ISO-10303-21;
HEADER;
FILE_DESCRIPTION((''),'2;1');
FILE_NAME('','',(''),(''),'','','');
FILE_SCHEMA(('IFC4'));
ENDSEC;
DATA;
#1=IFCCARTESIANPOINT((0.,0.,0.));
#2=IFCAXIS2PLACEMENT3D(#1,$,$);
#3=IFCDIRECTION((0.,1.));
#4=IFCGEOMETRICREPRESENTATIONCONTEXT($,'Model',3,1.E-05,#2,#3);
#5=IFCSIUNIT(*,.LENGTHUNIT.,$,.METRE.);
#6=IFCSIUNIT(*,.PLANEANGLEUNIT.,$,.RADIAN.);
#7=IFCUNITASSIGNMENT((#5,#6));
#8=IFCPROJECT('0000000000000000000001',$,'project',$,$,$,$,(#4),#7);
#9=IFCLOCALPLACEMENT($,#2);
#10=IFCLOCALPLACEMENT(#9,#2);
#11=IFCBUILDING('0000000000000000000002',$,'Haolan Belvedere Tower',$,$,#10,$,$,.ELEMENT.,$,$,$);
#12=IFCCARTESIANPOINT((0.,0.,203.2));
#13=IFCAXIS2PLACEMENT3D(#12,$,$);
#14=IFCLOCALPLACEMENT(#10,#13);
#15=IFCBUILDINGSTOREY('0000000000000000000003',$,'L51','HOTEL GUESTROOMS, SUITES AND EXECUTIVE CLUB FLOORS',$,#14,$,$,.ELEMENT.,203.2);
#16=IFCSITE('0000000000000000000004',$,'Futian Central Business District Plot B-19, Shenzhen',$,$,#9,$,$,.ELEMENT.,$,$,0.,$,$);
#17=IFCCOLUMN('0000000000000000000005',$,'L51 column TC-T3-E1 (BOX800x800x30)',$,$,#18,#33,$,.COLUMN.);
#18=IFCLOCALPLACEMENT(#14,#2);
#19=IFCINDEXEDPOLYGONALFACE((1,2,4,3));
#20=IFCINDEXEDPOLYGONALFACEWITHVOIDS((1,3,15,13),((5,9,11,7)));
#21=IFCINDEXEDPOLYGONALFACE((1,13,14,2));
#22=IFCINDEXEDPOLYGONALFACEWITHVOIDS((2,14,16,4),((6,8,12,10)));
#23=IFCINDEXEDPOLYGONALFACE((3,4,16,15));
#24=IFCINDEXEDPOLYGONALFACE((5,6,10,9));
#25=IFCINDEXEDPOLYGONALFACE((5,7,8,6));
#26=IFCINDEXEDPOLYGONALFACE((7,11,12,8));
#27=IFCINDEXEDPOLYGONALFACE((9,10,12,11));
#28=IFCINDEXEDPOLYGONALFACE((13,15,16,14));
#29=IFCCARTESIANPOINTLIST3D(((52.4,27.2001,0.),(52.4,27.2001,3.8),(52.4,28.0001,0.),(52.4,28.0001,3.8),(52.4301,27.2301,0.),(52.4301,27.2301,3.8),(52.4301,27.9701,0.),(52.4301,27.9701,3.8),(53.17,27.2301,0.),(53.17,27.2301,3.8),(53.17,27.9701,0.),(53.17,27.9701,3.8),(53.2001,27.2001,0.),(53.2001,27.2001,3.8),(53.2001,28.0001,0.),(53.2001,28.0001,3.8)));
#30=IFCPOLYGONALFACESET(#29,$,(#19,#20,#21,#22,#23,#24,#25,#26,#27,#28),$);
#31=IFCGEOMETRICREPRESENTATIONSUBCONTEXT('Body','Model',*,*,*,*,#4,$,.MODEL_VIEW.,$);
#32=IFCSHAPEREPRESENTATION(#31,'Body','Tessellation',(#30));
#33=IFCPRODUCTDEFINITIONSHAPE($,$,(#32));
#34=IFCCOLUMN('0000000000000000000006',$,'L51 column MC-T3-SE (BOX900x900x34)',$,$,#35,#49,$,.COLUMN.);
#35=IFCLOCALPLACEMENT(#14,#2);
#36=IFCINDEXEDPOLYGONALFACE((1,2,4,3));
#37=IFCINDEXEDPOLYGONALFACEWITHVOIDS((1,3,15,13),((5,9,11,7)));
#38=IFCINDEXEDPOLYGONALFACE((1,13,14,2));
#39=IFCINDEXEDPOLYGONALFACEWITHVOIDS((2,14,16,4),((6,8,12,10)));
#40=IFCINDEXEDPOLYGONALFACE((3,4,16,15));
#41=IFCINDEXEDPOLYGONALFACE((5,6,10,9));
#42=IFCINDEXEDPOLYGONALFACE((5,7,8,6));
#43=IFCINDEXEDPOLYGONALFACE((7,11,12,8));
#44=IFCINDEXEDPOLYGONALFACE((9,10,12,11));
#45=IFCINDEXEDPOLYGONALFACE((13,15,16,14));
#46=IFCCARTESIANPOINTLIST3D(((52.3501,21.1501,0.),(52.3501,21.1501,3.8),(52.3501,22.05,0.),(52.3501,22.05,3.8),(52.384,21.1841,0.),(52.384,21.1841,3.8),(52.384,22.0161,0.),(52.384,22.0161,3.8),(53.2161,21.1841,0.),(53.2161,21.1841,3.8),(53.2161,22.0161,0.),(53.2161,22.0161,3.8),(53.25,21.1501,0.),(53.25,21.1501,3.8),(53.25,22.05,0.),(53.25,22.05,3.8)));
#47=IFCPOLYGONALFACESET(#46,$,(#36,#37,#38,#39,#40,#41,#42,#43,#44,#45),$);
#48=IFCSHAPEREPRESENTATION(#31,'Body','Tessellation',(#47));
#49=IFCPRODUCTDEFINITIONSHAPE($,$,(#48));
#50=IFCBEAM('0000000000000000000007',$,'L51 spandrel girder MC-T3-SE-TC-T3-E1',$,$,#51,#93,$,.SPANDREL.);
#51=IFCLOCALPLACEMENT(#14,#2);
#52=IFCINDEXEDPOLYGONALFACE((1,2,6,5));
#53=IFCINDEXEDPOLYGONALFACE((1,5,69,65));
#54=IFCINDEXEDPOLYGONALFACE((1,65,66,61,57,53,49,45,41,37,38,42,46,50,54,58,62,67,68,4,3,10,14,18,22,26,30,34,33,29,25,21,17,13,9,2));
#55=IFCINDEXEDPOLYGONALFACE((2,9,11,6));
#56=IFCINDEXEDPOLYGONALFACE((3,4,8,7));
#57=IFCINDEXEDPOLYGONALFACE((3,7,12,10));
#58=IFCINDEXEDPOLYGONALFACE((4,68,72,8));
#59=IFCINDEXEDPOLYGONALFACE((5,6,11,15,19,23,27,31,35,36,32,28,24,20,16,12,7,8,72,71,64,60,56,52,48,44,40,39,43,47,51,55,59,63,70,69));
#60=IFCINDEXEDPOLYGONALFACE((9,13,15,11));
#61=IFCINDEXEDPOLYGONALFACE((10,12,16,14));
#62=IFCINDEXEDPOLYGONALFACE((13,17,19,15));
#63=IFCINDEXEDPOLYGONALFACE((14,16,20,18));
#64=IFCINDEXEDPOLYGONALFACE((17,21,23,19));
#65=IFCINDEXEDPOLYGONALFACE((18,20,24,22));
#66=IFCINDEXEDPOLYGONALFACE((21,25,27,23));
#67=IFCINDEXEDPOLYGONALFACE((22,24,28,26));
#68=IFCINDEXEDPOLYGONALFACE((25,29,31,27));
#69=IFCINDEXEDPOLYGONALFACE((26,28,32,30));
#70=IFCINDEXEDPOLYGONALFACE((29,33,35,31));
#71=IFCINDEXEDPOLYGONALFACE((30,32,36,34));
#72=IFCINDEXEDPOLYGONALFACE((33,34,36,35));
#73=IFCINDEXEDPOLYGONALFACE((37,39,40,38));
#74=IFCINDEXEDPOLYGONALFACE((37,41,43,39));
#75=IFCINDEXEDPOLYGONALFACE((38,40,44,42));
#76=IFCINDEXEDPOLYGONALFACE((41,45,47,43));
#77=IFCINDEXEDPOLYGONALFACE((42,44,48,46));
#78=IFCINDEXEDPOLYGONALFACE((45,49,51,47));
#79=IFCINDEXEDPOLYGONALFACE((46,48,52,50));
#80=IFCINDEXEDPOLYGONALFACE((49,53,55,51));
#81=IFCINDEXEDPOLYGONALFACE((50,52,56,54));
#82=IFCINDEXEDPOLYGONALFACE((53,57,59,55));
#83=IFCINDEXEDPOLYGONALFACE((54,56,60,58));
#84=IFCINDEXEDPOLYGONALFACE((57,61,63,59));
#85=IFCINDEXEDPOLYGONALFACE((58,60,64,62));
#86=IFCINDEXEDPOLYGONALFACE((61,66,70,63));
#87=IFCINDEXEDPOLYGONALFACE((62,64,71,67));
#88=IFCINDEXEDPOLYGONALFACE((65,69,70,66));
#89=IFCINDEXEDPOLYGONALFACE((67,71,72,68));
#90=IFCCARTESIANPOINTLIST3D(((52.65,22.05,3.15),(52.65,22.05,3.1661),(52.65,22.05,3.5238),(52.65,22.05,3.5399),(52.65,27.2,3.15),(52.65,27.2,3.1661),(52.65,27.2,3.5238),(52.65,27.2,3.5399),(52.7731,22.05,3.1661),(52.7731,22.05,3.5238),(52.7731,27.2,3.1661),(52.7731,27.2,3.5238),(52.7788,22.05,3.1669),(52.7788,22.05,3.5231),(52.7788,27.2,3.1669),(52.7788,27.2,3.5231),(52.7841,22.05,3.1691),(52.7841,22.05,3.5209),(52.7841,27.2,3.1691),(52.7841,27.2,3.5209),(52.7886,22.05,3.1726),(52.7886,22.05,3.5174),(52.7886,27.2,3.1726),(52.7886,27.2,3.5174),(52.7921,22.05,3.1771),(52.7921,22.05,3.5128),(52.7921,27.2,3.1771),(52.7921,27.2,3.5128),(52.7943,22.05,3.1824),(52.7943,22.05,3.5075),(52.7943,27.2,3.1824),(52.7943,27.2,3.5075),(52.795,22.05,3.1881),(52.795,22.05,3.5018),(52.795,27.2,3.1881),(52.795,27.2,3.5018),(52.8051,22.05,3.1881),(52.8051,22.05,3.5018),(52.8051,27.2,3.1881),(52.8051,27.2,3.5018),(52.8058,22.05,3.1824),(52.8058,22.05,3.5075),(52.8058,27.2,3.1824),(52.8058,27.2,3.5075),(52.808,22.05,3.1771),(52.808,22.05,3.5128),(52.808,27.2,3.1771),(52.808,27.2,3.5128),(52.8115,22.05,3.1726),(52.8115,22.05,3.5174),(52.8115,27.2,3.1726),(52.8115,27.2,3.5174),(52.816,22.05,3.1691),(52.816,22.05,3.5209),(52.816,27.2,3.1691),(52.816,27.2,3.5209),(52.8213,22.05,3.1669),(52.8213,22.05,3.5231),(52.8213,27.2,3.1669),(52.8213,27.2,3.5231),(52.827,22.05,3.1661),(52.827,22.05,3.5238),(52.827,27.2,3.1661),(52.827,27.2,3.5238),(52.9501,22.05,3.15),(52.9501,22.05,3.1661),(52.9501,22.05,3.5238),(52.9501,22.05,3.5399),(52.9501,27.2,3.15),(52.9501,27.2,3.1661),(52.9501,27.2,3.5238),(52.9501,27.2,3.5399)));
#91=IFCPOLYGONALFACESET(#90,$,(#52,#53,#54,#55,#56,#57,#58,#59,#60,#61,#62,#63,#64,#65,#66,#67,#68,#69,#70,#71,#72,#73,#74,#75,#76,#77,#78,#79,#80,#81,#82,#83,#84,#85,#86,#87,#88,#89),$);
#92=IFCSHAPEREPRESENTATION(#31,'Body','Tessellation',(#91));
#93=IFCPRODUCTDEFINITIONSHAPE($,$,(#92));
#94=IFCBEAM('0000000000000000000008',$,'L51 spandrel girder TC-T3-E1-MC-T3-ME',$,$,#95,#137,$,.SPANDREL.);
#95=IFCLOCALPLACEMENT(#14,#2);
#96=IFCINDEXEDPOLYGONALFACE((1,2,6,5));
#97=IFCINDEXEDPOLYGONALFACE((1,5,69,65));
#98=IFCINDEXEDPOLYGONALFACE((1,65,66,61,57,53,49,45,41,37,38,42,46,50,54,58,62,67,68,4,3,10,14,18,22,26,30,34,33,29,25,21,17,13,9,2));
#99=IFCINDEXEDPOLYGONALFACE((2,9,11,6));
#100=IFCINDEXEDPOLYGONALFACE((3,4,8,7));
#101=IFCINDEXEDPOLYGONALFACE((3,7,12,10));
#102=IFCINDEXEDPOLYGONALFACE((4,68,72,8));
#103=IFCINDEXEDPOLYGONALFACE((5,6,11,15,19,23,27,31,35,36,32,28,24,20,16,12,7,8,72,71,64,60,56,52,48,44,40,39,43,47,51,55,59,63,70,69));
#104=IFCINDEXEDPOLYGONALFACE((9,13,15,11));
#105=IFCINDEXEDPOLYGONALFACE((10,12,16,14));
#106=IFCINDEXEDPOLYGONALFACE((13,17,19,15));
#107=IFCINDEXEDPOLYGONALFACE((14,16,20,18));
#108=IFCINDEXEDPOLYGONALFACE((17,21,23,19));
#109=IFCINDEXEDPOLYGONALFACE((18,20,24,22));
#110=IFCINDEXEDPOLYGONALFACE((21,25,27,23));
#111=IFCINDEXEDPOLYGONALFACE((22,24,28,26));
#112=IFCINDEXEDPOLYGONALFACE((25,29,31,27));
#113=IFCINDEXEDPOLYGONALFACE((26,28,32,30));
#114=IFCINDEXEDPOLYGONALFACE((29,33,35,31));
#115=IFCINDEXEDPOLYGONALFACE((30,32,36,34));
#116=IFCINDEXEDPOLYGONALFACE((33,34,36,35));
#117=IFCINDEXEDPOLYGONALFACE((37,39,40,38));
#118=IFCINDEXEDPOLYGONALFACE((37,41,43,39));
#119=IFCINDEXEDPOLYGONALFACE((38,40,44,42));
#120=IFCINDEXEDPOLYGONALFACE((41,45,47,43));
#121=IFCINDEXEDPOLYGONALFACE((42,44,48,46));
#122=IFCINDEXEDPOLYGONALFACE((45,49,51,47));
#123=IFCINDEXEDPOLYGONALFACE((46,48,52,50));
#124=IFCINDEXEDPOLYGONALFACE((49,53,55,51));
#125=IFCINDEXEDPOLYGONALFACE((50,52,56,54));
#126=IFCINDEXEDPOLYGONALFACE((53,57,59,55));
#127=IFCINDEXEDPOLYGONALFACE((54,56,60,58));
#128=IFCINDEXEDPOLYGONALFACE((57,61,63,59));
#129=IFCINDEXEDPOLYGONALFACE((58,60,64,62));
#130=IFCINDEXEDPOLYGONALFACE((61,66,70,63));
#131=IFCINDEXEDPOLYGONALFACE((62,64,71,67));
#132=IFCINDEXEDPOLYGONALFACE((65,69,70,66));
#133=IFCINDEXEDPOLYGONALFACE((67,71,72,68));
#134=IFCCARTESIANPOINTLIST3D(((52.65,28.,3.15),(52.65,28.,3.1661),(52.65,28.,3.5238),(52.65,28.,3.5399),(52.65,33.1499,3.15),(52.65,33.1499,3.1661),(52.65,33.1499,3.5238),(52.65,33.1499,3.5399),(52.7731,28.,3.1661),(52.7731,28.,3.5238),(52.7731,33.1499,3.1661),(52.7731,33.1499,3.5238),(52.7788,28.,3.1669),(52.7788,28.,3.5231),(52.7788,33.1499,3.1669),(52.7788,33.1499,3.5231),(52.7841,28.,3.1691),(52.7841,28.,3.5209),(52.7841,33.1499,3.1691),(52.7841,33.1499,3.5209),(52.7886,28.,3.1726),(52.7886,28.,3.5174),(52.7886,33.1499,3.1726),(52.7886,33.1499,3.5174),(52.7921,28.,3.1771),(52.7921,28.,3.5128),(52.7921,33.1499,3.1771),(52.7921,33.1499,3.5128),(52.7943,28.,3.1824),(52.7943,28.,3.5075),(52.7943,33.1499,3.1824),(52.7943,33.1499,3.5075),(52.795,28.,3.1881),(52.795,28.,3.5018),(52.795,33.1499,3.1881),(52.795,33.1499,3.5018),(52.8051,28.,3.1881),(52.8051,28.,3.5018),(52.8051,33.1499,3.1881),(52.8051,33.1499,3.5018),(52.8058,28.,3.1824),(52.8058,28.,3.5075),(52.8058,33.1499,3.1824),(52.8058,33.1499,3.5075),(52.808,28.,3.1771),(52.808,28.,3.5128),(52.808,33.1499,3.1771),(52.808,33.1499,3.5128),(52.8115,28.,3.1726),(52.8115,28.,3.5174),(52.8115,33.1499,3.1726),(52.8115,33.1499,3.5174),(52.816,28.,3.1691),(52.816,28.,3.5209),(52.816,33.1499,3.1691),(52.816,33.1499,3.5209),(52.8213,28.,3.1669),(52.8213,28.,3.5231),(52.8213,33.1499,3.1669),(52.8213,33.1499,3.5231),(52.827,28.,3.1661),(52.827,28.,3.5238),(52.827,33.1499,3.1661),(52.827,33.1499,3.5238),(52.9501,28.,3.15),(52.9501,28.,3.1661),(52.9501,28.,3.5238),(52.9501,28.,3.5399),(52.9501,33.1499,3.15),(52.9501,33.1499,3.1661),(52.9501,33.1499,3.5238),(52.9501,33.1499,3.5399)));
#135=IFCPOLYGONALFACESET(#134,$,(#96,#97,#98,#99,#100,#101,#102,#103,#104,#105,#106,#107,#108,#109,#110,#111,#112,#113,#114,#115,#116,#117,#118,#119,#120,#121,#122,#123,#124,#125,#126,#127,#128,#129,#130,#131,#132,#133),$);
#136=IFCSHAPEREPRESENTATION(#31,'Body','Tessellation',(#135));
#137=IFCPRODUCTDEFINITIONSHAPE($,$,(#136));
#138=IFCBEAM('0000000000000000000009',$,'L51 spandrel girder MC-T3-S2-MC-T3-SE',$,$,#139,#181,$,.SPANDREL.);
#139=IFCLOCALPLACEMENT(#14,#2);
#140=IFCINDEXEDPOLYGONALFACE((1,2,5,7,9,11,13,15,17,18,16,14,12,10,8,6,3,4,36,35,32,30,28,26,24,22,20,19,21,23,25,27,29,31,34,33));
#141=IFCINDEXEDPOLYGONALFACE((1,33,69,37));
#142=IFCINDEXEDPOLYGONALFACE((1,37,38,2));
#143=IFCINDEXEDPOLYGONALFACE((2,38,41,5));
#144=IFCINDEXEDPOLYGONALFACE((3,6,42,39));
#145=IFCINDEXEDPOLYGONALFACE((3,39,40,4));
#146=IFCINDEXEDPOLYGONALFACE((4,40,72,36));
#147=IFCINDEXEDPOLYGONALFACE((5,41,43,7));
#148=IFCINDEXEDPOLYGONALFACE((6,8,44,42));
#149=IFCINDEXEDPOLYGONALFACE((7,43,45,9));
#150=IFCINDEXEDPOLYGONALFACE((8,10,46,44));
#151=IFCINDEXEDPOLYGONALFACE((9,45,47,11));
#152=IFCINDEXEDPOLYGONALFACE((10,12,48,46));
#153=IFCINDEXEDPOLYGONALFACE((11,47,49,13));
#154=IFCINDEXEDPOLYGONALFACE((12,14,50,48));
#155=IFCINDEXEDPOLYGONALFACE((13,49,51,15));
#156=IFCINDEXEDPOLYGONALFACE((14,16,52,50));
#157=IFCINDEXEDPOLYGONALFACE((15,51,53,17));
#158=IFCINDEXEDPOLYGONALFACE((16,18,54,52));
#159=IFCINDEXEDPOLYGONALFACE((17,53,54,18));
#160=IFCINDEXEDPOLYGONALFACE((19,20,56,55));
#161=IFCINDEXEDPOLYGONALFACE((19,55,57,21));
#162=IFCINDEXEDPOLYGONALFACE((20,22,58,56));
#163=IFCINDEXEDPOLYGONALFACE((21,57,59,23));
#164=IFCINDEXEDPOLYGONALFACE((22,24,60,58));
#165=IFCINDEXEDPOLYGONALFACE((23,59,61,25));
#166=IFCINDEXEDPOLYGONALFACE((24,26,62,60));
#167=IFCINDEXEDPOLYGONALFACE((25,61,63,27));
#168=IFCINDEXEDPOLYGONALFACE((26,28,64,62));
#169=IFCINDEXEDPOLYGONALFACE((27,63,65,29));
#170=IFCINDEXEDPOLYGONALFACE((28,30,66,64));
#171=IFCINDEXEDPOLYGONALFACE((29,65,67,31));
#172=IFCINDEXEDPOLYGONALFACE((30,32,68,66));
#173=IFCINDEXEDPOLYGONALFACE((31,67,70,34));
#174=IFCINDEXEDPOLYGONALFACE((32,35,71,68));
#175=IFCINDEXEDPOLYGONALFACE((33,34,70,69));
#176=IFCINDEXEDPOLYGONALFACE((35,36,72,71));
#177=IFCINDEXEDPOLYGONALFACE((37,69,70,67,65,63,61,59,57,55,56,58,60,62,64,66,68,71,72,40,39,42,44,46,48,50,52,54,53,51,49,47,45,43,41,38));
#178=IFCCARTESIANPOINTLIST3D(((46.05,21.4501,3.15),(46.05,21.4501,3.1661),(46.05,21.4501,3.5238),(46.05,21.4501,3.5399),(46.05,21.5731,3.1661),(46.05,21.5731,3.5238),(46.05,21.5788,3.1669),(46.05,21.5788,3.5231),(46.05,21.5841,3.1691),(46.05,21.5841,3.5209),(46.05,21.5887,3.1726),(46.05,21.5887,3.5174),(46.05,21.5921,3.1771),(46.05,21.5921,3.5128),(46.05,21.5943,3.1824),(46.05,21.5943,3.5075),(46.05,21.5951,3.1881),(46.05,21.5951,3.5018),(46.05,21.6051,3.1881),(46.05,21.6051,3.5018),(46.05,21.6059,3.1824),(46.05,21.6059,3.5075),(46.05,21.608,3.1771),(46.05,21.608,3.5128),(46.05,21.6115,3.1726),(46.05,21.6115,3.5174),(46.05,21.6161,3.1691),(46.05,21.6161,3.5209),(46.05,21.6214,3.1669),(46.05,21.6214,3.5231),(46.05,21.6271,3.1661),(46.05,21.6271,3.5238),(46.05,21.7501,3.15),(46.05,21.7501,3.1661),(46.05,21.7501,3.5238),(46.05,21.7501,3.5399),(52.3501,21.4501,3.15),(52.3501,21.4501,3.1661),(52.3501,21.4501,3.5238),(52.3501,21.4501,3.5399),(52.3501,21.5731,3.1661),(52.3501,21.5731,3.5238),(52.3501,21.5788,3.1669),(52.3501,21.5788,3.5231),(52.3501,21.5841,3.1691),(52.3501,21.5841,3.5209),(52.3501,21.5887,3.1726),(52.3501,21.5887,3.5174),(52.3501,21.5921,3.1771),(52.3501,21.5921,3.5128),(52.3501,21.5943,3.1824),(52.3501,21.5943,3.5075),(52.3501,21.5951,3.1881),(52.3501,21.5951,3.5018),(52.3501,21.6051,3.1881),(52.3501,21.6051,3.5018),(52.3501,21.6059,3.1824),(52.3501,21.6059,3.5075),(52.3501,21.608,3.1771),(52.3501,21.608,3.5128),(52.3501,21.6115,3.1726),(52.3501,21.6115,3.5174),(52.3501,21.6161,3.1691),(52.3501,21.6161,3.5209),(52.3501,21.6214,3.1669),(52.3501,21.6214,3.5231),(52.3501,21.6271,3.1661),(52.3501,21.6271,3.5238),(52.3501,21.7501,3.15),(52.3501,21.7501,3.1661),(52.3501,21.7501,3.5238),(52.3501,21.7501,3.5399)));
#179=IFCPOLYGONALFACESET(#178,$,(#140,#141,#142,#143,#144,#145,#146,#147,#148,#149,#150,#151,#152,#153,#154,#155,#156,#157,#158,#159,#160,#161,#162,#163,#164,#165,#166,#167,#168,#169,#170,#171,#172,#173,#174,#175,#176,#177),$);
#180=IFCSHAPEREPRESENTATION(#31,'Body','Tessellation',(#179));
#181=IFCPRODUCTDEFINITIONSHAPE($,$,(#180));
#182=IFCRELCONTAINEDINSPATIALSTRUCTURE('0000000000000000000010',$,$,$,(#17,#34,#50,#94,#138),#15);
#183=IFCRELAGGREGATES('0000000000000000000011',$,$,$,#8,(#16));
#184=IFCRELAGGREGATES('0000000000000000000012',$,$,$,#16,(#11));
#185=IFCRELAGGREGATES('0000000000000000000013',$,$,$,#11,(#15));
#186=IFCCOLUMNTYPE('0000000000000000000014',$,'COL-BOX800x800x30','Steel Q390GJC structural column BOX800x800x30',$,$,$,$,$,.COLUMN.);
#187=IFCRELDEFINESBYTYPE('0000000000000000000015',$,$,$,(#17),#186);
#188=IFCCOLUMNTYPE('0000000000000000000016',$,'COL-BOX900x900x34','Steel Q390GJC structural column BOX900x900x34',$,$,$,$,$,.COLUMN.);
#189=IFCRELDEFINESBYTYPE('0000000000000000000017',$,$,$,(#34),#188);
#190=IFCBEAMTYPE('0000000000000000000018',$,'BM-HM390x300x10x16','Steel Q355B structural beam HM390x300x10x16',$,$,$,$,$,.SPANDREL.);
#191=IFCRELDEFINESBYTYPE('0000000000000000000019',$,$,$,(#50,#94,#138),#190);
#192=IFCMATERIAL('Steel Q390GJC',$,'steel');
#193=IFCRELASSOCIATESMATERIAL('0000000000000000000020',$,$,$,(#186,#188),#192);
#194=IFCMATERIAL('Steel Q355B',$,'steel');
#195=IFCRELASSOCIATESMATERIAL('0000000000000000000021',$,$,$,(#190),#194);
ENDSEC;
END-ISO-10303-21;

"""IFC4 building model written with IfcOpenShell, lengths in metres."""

from ifc_helpers import new_model, si_unit, direction, frame, origin, origin_2d, place, context, subcontext, project, spatial, hollow_rectangle, i_section, extrude, material, material_profile, profile_set, type_object, element, save


model = new_model("IFC4")

# Units and contexts
model_context = context("Model", 3, precision=1e-05, world=origin(), true_north=direction((0.0, 1.0)))
body_context = subcontext(model_context, "Body", "Model", "MODEL_VIEW")
ifc_project = project(units=[si_unit("LENGTHUNIT", "METRE"), si_unit("PLANEANGLEUNIT", "RADIAN")], contexts=[model_context])

# Site, building, storey
site_placement = place(None, origin())
site = spatial("IfcSite", under=ifc_project, at=site_placement, Name="Futian Central Business District Plot B-19, Shenzhen", CompositionType="ELEMENT", RefElevation=0.0)
building_placement = place(site_placement, origin())
building = spatial("IfcBuilding", under=site, at=building_placement, Name="Haolan Belvedere Tower", CompositionType="ELEMENT")
storey_placement = place(building_placement, frame((0.0, 0.0, 203.2)))
storey = spatial("IfcBuildingStorey", under=building, at=storey_placement, Name="L51", Description="HOTEL GUESTROOMS, SUITES AND EXECUTIVE CLUB FLOORS", CompositionType="ELEMENT", Elevation=203.2)

# Columns
ifc_material_1 = material(Name="Steel Q390GJC", Category="steel")
ifc_material_profile_1 = material_profile(ifc_material_1, hollow_rectangle(XDim=0.8, YDim=0.8, WallThickness=0.03, at=origin_2d()), Name="Steel Q390GJC")
ifc_profile_set_1 = profile_set([ifc_material_profile_1], Name="Steel Q390GJC")
column_type_1 = type_object("IfcColumnType", Name="COL-BOX800x800x30", Description="Steel Q390GJC structural column BOX800x800x30", PredefinedType="COLUMN", material=ifc_profile_set_1)
column_1_placement = place(storey_placement, frame((52.8, 27.6001, 0.0), z_axis=(0.0, 0.0, 1.0), x_axis=(1.0, 0.0, 0.0)))
element("IfcColumn", 1, at=column_1_placement, inside=storey, type_object=column_type_1, Name="L51 column TC-T3-E1 (BOX800x800x30)", PredefinedType="COLUMN", context=body_context, shape_type="SweptSolid", body=[
    extrude(hollow_rectangle(XDim=0.8, YDim=0.8, WallThickness=0.03, at=origin_2d()), origin(), (0.0, 0.0, 1.0), 3.8),
])
ifc_material_profile_2 = material_profile(ifc_material_1, hollow_rectangle(XDim=0.8999, YDim=0.8999, WallThickness=0.0339, at=origin_2d()), Name="Steel Q390GJC")
ifc_profile_set_2 = profile_set([ifc_material_profile_2], Name="Steel Q390GJC")
column_type_2 = type_object("IfcColumnType", Name="COL-BOX900x900x34", Description="Steel Q390GJC structural column BOX900x900x34", PredefinedType="COLUMN", material=ifc_profile_set_2)
column_2_placement = place(storey_placement, frame((52.8, 21.6001, 0.0), z_axis=(0.0, 0.0, 1.0), x_axis=(1.0, 0.0, 0.0)))
element("IfcColumn", 2, at=column_2_placement, inside=storey, type_object=column_type_2, Name="L51 column MC-T3-SE (BOX900x900x34)", PredefinedType="COLUMN", context=body_context, shape_type="SweptSolid", body=[
    extrude(hollow_rectangle(XDim=0.8999, YDim=0.8999, WallThickness=0.0339, at=origin_2d()), origin(), (0.0, 0.0, 1.0), 3.8),
])

# Beams
ifc_material_2 = material(Name="Steel Q355B", Category="steel")
ifc_material_profile_3 = material_profile(ifc_material_2, i_section(OverallWidth=0.3, OverallDepth=0.3899, WebThickness=0.01, FlangeThickness=0.0161, FilletRadius=0.022, at=origin_2d()), Name="Steel Q355B")
ifc_profile_set_3 = profile_set([ifc_material_profile_3], Name="Steel Q355B")
beam_type_1 = type_object("IfcBeamType", Name="BM-HM390x300x10x16", Description="Steel Q355B structural beam HM390x300x10x16", PredefinedType="SPANDREL", material=ifc_profile_set_3)
for number, where, z_axis, x_axis, name in (
    (3, (52.8, 22.05, 3.345), (0.0, 1.0, 0.0), (-1.0, 0.0, 0.0), "L51 spandrel girder MC-T3-SE-TC-T3-E1"),
    (4, (52.8, 28.0, 3.345), (0.0, 1.0, 0.0), (-1.0, 0.0, 0.0), "L51 spandrel girder TC-T3-E1-MC-T3-ME"),
):
    element("IfcBeam", number, at=place(storey_placement, frame(where, z_axis=z_axis, x_axis=x_axis)), inside=storey, type_object=beam_type_1, Name=name, PredefinedType="SPANDREL", context=body_context, shape_type="SweptSolid", body=[
        extrude(i_section(OverallWidth=0.3, OverallDepth=0.3899, WebThickness=0.01, FlangeThickness=0.0161, FilletRadius=0.022, at=origin_2d()), origin(), (0.0, 0.0, 1.0), 5.1499),
    ])
beam_1_placement = place(storey_placement, frame((46.05, 21.6001, 3.345), z_axis=(1.0, 0.0, 0.0), x_axis=(0.0, 1.0, 0.0)))
element("IfcBeam", 5, at=beam_1_placement, inside=storey, type_object=beam_type_1, Name="L51 spandrel girder MC-T3-S2-MC-T3-SE", PredefinedType="SPANDREL", context=body_context, shape_type="SweptSolid", body=[
    extrude(i_section(OverallWidth=0.3, OverallDepth=0.3899, WebThickness=0.01, FlangeThickness=0.0161, FilletRadius=0.022, at=origin_2d()), origin(), (0.0, 0.0, 1.0), 6.3),
])

save(model, "model.ifc")
